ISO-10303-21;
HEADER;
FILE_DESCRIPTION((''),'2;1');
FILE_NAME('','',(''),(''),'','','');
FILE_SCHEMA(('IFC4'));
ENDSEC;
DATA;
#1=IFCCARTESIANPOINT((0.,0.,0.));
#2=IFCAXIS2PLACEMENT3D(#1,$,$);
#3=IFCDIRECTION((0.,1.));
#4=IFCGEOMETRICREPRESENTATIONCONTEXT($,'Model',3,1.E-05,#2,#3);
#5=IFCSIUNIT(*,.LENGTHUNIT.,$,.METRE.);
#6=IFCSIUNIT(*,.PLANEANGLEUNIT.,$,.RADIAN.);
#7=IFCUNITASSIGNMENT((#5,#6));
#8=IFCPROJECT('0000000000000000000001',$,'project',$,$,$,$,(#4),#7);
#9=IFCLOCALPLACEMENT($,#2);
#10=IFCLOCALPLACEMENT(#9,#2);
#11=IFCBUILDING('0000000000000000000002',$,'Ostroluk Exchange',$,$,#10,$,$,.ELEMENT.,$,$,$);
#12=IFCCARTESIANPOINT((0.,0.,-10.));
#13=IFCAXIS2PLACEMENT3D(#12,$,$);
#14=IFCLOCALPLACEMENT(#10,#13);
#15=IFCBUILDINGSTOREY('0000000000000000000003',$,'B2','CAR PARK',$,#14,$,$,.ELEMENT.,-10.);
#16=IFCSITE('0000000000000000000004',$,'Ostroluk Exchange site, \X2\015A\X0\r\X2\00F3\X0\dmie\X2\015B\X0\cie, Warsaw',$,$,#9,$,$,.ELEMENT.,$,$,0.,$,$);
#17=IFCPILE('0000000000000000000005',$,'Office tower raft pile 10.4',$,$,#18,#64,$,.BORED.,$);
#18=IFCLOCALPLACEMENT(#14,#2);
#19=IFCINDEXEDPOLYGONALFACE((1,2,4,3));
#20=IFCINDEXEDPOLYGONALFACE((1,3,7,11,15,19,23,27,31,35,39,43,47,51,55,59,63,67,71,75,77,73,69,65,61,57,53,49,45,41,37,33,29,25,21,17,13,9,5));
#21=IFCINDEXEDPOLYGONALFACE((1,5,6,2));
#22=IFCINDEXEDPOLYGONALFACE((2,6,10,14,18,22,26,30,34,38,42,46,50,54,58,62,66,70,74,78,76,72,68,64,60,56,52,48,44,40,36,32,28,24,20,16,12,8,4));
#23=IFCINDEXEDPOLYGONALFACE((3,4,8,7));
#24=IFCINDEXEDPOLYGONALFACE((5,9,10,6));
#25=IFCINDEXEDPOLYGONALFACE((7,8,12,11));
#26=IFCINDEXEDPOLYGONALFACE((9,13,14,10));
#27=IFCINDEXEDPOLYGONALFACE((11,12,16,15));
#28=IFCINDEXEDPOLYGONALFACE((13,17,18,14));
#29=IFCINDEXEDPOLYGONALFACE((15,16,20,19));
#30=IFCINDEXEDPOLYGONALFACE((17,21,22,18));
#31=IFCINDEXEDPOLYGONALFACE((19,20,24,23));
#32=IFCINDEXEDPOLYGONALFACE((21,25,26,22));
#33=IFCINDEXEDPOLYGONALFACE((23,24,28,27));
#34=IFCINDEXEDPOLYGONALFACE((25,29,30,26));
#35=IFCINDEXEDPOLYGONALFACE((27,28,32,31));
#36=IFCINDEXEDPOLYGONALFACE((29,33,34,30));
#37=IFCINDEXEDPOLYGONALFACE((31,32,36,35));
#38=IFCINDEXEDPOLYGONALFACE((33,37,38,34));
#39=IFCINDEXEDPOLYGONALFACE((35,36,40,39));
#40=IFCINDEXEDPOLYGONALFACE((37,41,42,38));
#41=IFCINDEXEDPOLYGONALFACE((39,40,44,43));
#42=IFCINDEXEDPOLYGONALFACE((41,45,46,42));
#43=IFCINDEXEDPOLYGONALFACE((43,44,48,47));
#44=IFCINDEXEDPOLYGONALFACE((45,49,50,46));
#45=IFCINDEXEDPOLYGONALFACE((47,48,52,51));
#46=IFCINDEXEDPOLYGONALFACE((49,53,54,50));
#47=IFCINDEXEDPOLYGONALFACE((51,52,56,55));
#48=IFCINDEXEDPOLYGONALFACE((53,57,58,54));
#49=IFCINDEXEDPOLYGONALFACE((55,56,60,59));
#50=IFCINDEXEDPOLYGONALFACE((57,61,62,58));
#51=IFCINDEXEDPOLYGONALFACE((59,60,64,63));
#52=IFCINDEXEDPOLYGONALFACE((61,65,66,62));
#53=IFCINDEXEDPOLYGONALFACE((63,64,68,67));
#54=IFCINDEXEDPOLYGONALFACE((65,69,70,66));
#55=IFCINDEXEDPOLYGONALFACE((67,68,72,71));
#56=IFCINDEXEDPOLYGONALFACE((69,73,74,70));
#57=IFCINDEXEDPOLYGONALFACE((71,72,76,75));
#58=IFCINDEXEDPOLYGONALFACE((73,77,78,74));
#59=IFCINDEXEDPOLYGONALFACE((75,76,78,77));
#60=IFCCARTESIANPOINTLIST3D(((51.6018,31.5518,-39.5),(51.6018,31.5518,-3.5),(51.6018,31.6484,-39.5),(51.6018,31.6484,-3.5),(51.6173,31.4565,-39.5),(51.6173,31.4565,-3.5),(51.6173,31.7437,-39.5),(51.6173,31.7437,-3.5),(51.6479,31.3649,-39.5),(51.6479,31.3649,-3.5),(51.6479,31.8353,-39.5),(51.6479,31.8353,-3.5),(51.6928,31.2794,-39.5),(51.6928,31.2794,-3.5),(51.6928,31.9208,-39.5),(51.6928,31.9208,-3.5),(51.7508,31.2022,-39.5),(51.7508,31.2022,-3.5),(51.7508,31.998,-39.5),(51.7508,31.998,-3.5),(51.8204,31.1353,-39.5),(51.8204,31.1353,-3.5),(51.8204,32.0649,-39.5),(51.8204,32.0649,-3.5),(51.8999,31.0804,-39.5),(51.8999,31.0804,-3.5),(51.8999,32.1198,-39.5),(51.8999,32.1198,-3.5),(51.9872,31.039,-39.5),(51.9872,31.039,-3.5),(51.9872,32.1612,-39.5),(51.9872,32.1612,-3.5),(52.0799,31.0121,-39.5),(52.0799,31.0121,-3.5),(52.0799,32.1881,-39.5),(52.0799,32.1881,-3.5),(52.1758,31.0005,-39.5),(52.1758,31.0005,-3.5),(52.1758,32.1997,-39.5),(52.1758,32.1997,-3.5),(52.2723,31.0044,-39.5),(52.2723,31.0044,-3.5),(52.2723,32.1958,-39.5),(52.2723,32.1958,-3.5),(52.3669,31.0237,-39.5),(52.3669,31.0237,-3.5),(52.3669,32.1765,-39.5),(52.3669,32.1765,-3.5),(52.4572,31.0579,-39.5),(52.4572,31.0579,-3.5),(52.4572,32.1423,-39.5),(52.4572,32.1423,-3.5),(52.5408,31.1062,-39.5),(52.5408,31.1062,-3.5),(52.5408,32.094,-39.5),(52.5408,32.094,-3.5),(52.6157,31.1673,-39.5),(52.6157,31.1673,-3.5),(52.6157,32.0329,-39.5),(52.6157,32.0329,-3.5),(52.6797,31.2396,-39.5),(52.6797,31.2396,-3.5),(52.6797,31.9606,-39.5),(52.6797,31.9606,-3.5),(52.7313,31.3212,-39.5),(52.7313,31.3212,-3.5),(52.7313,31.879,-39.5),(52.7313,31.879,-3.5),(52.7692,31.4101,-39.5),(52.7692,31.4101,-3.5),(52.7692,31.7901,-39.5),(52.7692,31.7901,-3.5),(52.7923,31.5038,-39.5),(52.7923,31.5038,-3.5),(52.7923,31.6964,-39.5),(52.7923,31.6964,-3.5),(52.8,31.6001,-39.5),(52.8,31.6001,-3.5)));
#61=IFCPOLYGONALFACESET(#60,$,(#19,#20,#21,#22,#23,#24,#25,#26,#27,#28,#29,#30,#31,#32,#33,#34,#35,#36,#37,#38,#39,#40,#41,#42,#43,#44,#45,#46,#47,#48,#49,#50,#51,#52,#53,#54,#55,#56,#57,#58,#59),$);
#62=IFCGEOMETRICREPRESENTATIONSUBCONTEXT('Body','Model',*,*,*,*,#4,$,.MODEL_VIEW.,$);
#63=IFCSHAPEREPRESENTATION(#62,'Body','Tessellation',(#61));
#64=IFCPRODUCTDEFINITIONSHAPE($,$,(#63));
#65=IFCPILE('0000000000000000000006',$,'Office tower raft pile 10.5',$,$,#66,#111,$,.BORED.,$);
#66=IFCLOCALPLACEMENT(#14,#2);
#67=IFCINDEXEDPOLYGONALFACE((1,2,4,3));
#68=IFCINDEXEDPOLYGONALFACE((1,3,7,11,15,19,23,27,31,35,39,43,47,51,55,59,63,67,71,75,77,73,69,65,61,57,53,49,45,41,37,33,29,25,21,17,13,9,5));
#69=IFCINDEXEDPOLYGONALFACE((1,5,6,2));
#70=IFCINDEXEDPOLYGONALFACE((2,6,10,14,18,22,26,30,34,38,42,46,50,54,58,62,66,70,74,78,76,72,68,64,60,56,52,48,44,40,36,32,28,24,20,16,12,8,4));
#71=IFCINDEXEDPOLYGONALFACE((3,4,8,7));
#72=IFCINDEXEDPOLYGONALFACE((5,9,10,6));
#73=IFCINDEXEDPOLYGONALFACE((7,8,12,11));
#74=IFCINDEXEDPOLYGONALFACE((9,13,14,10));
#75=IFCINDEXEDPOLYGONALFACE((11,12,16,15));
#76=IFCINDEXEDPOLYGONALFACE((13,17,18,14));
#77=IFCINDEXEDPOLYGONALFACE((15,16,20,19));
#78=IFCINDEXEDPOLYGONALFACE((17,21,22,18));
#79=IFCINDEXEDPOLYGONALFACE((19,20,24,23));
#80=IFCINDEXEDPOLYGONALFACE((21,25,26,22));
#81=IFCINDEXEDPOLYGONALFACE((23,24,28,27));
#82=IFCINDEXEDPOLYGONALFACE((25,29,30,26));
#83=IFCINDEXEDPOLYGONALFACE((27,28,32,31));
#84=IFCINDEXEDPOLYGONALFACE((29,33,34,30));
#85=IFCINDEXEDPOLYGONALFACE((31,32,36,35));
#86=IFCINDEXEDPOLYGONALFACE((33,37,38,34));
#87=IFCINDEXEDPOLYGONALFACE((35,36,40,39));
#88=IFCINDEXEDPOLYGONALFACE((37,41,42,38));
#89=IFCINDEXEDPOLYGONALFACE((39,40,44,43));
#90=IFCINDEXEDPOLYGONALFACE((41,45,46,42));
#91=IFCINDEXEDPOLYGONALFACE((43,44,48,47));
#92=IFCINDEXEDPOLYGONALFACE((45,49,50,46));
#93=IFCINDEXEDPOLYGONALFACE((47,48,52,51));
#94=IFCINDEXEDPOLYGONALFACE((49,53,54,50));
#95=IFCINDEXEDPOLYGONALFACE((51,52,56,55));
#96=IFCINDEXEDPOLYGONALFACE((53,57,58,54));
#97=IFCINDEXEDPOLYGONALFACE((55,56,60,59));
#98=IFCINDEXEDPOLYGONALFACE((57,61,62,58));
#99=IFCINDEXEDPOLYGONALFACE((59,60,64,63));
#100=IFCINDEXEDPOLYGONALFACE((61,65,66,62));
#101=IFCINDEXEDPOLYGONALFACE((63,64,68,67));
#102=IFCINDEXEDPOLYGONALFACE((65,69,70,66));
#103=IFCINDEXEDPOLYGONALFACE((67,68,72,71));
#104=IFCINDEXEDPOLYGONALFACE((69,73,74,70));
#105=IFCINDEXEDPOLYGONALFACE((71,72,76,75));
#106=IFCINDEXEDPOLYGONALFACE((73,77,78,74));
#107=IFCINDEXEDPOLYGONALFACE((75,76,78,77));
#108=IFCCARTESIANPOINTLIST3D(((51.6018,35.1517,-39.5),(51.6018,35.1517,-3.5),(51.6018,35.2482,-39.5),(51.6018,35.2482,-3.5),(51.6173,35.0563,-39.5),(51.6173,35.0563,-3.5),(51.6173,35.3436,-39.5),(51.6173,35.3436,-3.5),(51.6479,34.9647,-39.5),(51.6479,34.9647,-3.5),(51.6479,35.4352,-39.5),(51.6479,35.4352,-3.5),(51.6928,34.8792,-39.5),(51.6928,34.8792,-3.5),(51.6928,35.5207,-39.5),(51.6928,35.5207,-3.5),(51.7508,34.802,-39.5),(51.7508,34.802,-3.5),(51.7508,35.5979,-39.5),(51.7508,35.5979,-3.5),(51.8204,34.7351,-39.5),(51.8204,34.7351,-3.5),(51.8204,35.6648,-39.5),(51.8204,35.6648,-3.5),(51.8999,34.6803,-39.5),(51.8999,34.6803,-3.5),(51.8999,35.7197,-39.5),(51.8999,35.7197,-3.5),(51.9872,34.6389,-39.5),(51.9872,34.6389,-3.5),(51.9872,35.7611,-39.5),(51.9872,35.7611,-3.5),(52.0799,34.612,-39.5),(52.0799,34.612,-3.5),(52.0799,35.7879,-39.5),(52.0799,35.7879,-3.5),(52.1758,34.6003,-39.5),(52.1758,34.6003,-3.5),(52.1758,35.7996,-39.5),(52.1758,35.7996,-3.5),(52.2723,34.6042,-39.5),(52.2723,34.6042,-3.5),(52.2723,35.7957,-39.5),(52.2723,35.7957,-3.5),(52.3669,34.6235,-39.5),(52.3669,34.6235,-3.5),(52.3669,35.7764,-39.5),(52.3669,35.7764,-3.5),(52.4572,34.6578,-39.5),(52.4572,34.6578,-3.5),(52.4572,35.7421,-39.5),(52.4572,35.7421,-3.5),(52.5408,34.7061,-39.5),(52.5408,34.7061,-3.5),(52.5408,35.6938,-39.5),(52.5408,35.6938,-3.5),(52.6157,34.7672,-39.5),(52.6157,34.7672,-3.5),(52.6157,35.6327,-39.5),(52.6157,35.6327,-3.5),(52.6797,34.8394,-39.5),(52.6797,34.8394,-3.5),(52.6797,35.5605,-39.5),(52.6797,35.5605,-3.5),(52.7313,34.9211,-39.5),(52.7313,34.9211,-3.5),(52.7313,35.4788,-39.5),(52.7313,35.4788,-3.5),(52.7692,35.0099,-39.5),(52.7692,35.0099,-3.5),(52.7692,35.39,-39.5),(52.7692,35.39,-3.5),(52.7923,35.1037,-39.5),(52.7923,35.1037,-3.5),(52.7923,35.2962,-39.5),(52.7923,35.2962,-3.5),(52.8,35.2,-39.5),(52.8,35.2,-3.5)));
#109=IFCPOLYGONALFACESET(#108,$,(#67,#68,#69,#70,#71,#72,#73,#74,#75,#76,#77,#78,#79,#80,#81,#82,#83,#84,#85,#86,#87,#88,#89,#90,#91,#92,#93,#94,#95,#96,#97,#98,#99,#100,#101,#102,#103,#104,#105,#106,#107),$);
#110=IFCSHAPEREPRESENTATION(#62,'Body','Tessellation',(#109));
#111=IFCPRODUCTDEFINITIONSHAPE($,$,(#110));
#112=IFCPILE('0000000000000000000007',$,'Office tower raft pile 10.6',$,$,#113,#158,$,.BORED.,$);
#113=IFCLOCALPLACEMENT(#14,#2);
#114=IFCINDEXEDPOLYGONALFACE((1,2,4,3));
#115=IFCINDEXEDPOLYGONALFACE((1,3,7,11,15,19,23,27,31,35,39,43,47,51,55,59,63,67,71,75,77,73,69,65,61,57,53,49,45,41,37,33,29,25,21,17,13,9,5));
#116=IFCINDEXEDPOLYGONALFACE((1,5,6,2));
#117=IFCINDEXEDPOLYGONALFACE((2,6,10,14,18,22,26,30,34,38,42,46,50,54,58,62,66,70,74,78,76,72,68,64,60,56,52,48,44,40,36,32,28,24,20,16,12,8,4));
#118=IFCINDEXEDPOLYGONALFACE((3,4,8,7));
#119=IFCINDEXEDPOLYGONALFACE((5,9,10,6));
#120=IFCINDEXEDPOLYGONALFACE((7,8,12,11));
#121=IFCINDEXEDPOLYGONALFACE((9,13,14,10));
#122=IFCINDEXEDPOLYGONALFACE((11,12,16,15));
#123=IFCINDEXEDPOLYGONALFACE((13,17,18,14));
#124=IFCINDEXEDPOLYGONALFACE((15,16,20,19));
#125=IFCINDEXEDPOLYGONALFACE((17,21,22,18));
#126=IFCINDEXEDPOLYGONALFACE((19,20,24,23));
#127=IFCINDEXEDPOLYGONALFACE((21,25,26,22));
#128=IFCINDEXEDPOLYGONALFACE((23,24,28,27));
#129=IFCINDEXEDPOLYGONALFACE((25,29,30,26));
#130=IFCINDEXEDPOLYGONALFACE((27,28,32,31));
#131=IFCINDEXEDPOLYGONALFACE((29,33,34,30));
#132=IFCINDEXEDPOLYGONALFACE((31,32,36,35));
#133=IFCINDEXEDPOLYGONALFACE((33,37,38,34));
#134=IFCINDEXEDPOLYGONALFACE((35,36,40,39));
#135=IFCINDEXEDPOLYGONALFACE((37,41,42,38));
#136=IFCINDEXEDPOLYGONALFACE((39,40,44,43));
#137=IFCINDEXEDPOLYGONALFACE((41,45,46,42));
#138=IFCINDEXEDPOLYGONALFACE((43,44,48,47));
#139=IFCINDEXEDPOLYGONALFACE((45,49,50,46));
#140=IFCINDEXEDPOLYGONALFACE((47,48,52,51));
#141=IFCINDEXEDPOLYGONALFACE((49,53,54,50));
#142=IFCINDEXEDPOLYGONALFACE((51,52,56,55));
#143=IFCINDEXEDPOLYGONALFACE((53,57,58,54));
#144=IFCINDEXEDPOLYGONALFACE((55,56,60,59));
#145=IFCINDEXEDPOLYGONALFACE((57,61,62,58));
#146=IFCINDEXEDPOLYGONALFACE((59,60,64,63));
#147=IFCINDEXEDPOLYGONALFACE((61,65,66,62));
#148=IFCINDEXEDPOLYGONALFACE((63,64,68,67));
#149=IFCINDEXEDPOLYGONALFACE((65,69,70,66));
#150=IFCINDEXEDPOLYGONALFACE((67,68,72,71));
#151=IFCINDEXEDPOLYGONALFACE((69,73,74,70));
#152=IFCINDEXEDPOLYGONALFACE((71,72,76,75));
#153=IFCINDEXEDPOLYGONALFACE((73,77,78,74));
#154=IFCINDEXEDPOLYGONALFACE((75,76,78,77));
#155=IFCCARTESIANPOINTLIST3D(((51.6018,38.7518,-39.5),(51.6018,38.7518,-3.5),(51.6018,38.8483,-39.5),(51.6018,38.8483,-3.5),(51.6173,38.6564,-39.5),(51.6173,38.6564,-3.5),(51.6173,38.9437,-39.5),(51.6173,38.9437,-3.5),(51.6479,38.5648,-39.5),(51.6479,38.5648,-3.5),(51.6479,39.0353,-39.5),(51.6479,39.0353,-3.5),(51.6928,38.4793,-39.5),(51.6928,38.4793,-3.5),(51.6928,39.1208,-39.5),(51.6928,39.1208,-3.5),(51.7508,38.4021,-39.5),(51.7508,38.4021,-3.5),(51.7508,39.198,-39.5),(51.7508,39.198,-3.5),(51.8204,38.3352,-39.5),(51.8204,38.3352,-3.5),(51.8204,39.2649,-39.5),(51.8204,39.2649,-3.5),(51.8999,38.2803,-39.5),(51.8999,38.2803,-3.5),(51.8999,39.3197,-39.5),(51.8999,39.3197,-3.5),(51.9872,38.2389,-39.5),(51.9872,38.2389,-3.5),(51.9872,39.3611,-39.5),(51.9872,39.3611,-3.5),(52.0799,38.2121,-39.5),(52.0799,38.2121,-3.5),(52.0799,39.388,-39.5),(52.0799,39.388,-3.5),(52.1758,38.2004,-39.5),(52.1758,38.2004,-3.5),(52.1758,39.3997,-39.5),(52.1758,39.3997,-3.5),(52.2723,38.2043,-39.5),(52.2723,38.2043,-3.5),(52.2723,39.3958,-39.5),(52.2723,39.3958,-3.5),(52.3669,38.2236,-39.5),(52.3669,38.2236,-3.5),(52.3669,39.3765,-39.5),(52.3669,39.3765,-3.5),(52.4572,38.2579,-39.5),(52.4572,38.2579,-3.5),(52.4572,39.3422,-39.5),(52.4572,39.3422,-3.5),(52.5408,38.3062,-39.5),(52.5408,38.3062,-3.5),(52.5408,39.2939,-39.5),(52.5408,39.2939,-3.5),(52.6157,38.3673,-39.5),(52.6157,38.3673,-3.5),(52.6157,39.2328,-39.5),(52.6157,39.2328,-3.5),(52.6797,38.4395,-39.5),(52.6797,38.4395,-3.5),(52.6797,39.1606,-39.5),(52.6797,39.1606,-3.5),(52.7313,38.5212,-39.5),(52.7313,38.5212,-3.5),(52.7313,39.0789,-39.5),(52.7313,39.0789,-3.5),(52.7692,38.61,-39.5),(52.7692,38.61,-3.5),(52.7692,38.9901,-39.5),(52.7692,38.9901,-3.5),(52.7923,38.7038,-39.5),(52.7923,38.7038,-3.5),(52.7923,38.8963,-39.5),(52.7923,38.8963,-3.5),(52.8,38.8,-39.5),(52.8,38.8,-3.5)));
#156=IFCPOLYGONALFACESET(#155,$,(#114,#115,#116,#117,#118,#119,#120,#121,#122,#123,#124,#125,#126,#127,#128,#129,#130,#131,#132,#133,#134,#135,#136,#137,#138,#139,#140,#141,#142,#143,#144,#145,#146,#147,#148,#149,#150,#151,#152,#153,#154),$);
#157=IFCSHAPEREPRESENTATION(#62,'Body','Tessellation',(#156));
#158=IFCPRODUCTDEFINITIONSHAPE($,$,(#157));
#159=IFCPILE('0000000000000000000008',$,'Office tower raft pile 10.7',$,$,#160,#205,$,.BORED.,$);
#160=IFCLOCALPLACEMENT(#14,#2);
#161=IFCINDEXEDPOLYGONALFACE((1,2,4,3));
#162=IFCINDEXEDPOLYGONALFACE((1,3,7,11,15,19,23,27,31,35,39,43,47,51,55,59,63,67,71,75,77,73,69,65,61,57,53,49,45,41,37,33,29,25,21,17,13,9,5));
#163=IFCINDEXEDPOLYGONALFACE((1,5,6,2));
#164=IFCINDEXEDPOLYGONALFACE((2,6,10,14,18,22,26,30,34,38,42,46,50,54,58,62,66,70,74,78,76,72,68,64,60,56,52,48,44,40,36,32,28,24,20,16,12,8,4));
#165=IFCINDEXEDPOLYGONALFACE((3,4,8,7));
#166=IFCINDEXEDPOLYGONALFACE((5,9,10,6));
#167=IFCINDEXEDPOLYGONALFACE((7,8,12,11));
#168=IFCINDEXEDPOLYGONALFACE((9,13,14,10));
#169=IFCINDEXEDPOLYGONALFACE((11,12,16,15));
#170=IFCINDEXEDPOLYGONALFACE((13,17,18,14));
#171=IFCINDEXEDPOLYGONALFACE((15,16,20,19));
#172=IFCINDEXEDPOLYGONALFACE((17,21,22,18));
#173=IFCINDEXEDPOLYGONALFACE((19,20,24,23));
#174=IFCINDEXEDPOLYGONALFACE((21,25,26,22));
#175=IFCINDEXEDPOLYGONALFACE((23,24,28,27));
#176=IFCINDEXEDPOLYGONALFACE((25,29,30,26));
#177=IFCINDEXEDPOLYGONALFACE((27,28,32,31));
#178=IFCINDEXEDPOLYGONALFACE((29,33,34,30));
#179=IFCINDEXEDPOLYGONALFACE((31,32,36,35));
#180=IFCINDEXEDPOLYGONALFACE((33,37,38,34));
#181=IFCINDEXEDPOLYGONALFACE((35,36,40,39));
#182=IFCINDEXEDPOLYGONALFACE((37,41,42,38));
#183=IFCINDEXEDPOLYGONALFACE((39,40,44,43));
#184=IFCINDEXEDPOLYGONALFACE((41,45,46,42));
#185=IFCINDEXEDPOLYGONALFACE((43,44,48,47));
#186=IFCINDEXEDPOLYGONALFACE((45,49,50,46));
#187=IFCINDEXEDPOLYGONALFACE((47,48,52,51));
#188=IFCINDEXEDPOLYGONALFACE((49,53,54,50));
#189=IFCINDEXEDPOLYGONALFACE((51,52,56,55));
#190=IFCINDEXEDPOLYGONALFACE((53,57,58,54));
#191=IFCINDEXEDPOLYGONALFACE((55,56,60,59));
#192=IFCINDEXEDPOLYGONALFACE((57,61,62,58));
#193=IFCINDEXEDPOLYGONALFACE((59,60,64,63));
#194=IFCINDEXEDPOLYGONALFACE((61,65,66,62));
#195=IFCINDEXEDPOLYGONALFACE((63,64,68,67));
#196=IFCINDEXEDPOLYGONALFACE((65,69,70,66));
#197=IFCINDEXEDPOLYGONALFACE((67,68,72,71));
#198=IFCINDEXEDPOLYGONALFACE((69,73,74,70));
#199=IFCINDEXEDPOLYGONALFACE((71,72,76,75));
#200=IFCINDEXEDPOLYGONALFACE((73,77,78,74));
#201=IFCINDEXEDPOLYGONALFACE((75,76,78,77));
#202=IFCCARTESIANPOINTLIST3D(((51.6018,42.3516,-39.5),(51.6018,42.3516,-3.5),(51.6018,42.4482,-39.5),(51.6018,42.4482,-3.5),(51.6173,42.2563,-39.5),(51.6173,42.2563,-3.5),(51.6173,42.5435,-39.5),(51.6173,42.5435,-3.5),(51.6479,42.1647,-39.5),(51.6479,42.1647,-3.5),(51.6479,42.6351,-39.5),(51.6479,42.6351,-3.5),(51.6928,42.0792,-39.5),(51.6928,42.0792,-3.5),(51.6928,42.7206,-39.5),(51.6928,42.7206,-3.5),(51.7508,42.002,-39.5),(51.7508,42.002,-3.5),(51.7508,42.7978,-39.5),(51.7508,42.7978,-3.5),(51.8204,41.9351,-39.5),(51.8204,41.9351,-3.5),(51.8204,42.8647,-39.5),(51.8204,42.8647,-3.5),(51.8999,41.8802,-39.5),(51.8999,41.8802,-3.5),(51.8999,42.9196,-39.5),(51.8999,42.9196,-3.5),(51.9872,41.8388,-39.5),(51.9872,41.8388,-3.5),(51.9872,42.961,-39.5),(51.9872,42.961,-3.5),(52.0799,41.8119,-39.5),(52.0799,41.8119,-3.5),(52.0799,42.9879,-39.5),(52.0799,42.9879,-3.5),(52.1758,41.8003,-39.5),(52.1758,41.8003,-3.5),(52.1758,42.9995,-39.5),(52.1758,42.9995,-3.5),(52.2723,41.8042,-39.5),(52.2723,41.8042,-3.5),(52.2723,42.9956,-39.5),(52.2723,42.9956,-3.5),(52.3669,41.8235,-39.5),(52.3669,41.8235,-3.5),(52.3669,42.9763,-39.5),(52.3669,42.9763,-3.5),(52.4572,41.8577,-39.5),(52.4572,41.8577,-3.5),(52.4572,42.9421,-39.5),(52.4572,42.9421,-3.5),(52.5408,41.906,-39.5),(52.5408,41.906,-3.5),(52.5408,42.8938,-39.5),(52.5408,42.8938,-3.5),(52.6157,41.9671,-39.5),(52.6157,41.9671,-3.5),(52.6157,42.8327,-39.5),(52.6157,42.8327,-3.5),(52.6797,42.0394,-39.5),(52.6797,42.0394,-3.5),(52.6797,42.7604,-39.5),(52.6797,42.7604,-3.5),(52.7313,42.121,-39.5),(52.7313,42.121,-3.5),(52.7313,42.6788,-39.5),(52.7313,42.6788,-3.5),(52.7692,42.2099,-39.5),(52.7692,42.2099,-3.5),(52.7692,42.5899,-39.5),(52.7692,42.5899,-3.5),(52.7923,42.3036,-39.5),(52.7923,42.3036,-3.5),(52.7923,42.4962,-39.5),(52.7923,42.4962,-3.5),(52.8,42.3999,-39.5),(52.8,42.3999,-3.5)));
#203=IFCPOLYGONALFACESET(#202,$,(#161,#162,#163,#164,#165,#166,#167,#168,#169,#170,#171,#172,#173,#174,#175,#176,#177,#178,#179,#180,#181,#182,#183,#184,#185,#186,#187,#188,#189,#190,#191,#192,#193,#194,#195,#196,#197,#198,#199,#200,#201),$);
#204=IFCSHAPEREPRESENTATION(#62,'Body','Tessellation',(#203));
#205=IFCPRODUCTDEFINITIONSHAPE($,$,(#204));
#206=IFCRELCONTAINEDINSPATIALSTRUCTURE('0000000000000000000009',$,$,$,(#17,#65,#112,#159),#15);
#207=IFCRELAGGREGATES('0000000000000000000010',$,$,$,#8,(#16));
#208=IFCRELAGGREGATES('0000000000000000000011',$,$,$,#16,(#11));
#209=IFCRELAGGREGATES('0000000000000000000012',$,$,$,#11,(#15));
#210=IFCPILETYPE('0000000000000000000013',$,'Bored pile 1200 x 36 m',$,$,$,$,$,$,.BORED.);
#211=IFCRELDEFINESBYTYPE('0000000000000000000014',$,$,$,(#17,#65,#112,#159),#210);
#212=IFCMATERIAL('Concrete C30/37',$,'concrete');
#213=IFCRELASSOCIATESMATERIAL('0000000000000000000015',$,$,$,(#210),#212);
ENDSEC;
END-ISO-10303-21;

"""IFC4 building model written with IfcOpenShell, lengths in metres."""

from ifc_helpers import new_model, si_unit, direction, frame, origin, origin_2d, place, context, subcontext, project, spatial, circle, extrude, material, type_object, element, save


model = new_model("IFC4")

# Units and contexts
model_context = context("Model", 3, precision=1e-05, world=origin(), true_north=direction((0.0, 1.0)))
body_context = subcontext(model_context, "Body", "Model", "MODEL_VIEW")
ifc_project = project(units=[si_unit("LENGTHUNIT", "METRE"), si_unit("PLANEANGLEUNIT", "RADIAN")], contexts=[model_context])

# Site, building, storey
site_placement = place(None, origin())
site = spatial("IfcSite", under=ifc_project, at=site_placement, Name="Ostroluk Exchange site, Śródmieście, Warsaw", CompositionType="ELEMENT", RefElevation=0.0)
building_placement = place(site_placement, origin())
building = spatial("IfcBuilding", under=site, at=building_placement, Name="Ostroluk Exchange", CompositionType="ELEMENT")
storey_placement = place(building_placement, frame((0.0, 0.0, -10.0)))
storey = spatial("IfcBuildingStorey", under=building, at=storey_placement, Name="B2", Description="CAR PARK", CompositionType="ELEMENT", Elevation=-10.0)

# Piles
ifc_material_1 = material(Name="Concrete C30/37", Category="concrete")
pile_type = type_object("IfcPileType", Name="Bored pile 1200 x 36 m", PredefinedType="BORED", material=ifc_material_1)
for number, where, z_axis, x_axis, name in (
    (1, (52.2, 31.6001, -3.5), (0.0, 0.0, -1.0), (1.0, 0.0, 0.0), "Office tower raft pile 10.4"),
    (2, (52.2, 35.2, -3.5), (0.0, 0.0, -1.0), (1.0, 0.0, 0.0), "Office tower raft pile 10.5"),
    (3, (52.2, 38.8, -3.5), (0.0, 0.0, -1.0), (1.0, 0.0, 0.0), "Office tower raft pile 10.6"),
    (4, (52.2, 42.3999, -3.5), (0.0, 0.0, -1.0), (1.0, 0.0, 0.0), "Office tower raft pile 10.7"),
):
    element("IfcPile", number, at=place(storey_placement, frame(where, z_axis=z_axis, x_axis=x_axis)), inside=storey, type_object=pile_type, Name=name, PredefinedType="BORED", context=body_context, shape_type="SweptSolid", body=[
        extrude(circle(Radius=0.6001, at=origin_2d()), origin(), (0.0, 0.0, 1.0), 36.0),
    ])

save(model, "model.ifc")
